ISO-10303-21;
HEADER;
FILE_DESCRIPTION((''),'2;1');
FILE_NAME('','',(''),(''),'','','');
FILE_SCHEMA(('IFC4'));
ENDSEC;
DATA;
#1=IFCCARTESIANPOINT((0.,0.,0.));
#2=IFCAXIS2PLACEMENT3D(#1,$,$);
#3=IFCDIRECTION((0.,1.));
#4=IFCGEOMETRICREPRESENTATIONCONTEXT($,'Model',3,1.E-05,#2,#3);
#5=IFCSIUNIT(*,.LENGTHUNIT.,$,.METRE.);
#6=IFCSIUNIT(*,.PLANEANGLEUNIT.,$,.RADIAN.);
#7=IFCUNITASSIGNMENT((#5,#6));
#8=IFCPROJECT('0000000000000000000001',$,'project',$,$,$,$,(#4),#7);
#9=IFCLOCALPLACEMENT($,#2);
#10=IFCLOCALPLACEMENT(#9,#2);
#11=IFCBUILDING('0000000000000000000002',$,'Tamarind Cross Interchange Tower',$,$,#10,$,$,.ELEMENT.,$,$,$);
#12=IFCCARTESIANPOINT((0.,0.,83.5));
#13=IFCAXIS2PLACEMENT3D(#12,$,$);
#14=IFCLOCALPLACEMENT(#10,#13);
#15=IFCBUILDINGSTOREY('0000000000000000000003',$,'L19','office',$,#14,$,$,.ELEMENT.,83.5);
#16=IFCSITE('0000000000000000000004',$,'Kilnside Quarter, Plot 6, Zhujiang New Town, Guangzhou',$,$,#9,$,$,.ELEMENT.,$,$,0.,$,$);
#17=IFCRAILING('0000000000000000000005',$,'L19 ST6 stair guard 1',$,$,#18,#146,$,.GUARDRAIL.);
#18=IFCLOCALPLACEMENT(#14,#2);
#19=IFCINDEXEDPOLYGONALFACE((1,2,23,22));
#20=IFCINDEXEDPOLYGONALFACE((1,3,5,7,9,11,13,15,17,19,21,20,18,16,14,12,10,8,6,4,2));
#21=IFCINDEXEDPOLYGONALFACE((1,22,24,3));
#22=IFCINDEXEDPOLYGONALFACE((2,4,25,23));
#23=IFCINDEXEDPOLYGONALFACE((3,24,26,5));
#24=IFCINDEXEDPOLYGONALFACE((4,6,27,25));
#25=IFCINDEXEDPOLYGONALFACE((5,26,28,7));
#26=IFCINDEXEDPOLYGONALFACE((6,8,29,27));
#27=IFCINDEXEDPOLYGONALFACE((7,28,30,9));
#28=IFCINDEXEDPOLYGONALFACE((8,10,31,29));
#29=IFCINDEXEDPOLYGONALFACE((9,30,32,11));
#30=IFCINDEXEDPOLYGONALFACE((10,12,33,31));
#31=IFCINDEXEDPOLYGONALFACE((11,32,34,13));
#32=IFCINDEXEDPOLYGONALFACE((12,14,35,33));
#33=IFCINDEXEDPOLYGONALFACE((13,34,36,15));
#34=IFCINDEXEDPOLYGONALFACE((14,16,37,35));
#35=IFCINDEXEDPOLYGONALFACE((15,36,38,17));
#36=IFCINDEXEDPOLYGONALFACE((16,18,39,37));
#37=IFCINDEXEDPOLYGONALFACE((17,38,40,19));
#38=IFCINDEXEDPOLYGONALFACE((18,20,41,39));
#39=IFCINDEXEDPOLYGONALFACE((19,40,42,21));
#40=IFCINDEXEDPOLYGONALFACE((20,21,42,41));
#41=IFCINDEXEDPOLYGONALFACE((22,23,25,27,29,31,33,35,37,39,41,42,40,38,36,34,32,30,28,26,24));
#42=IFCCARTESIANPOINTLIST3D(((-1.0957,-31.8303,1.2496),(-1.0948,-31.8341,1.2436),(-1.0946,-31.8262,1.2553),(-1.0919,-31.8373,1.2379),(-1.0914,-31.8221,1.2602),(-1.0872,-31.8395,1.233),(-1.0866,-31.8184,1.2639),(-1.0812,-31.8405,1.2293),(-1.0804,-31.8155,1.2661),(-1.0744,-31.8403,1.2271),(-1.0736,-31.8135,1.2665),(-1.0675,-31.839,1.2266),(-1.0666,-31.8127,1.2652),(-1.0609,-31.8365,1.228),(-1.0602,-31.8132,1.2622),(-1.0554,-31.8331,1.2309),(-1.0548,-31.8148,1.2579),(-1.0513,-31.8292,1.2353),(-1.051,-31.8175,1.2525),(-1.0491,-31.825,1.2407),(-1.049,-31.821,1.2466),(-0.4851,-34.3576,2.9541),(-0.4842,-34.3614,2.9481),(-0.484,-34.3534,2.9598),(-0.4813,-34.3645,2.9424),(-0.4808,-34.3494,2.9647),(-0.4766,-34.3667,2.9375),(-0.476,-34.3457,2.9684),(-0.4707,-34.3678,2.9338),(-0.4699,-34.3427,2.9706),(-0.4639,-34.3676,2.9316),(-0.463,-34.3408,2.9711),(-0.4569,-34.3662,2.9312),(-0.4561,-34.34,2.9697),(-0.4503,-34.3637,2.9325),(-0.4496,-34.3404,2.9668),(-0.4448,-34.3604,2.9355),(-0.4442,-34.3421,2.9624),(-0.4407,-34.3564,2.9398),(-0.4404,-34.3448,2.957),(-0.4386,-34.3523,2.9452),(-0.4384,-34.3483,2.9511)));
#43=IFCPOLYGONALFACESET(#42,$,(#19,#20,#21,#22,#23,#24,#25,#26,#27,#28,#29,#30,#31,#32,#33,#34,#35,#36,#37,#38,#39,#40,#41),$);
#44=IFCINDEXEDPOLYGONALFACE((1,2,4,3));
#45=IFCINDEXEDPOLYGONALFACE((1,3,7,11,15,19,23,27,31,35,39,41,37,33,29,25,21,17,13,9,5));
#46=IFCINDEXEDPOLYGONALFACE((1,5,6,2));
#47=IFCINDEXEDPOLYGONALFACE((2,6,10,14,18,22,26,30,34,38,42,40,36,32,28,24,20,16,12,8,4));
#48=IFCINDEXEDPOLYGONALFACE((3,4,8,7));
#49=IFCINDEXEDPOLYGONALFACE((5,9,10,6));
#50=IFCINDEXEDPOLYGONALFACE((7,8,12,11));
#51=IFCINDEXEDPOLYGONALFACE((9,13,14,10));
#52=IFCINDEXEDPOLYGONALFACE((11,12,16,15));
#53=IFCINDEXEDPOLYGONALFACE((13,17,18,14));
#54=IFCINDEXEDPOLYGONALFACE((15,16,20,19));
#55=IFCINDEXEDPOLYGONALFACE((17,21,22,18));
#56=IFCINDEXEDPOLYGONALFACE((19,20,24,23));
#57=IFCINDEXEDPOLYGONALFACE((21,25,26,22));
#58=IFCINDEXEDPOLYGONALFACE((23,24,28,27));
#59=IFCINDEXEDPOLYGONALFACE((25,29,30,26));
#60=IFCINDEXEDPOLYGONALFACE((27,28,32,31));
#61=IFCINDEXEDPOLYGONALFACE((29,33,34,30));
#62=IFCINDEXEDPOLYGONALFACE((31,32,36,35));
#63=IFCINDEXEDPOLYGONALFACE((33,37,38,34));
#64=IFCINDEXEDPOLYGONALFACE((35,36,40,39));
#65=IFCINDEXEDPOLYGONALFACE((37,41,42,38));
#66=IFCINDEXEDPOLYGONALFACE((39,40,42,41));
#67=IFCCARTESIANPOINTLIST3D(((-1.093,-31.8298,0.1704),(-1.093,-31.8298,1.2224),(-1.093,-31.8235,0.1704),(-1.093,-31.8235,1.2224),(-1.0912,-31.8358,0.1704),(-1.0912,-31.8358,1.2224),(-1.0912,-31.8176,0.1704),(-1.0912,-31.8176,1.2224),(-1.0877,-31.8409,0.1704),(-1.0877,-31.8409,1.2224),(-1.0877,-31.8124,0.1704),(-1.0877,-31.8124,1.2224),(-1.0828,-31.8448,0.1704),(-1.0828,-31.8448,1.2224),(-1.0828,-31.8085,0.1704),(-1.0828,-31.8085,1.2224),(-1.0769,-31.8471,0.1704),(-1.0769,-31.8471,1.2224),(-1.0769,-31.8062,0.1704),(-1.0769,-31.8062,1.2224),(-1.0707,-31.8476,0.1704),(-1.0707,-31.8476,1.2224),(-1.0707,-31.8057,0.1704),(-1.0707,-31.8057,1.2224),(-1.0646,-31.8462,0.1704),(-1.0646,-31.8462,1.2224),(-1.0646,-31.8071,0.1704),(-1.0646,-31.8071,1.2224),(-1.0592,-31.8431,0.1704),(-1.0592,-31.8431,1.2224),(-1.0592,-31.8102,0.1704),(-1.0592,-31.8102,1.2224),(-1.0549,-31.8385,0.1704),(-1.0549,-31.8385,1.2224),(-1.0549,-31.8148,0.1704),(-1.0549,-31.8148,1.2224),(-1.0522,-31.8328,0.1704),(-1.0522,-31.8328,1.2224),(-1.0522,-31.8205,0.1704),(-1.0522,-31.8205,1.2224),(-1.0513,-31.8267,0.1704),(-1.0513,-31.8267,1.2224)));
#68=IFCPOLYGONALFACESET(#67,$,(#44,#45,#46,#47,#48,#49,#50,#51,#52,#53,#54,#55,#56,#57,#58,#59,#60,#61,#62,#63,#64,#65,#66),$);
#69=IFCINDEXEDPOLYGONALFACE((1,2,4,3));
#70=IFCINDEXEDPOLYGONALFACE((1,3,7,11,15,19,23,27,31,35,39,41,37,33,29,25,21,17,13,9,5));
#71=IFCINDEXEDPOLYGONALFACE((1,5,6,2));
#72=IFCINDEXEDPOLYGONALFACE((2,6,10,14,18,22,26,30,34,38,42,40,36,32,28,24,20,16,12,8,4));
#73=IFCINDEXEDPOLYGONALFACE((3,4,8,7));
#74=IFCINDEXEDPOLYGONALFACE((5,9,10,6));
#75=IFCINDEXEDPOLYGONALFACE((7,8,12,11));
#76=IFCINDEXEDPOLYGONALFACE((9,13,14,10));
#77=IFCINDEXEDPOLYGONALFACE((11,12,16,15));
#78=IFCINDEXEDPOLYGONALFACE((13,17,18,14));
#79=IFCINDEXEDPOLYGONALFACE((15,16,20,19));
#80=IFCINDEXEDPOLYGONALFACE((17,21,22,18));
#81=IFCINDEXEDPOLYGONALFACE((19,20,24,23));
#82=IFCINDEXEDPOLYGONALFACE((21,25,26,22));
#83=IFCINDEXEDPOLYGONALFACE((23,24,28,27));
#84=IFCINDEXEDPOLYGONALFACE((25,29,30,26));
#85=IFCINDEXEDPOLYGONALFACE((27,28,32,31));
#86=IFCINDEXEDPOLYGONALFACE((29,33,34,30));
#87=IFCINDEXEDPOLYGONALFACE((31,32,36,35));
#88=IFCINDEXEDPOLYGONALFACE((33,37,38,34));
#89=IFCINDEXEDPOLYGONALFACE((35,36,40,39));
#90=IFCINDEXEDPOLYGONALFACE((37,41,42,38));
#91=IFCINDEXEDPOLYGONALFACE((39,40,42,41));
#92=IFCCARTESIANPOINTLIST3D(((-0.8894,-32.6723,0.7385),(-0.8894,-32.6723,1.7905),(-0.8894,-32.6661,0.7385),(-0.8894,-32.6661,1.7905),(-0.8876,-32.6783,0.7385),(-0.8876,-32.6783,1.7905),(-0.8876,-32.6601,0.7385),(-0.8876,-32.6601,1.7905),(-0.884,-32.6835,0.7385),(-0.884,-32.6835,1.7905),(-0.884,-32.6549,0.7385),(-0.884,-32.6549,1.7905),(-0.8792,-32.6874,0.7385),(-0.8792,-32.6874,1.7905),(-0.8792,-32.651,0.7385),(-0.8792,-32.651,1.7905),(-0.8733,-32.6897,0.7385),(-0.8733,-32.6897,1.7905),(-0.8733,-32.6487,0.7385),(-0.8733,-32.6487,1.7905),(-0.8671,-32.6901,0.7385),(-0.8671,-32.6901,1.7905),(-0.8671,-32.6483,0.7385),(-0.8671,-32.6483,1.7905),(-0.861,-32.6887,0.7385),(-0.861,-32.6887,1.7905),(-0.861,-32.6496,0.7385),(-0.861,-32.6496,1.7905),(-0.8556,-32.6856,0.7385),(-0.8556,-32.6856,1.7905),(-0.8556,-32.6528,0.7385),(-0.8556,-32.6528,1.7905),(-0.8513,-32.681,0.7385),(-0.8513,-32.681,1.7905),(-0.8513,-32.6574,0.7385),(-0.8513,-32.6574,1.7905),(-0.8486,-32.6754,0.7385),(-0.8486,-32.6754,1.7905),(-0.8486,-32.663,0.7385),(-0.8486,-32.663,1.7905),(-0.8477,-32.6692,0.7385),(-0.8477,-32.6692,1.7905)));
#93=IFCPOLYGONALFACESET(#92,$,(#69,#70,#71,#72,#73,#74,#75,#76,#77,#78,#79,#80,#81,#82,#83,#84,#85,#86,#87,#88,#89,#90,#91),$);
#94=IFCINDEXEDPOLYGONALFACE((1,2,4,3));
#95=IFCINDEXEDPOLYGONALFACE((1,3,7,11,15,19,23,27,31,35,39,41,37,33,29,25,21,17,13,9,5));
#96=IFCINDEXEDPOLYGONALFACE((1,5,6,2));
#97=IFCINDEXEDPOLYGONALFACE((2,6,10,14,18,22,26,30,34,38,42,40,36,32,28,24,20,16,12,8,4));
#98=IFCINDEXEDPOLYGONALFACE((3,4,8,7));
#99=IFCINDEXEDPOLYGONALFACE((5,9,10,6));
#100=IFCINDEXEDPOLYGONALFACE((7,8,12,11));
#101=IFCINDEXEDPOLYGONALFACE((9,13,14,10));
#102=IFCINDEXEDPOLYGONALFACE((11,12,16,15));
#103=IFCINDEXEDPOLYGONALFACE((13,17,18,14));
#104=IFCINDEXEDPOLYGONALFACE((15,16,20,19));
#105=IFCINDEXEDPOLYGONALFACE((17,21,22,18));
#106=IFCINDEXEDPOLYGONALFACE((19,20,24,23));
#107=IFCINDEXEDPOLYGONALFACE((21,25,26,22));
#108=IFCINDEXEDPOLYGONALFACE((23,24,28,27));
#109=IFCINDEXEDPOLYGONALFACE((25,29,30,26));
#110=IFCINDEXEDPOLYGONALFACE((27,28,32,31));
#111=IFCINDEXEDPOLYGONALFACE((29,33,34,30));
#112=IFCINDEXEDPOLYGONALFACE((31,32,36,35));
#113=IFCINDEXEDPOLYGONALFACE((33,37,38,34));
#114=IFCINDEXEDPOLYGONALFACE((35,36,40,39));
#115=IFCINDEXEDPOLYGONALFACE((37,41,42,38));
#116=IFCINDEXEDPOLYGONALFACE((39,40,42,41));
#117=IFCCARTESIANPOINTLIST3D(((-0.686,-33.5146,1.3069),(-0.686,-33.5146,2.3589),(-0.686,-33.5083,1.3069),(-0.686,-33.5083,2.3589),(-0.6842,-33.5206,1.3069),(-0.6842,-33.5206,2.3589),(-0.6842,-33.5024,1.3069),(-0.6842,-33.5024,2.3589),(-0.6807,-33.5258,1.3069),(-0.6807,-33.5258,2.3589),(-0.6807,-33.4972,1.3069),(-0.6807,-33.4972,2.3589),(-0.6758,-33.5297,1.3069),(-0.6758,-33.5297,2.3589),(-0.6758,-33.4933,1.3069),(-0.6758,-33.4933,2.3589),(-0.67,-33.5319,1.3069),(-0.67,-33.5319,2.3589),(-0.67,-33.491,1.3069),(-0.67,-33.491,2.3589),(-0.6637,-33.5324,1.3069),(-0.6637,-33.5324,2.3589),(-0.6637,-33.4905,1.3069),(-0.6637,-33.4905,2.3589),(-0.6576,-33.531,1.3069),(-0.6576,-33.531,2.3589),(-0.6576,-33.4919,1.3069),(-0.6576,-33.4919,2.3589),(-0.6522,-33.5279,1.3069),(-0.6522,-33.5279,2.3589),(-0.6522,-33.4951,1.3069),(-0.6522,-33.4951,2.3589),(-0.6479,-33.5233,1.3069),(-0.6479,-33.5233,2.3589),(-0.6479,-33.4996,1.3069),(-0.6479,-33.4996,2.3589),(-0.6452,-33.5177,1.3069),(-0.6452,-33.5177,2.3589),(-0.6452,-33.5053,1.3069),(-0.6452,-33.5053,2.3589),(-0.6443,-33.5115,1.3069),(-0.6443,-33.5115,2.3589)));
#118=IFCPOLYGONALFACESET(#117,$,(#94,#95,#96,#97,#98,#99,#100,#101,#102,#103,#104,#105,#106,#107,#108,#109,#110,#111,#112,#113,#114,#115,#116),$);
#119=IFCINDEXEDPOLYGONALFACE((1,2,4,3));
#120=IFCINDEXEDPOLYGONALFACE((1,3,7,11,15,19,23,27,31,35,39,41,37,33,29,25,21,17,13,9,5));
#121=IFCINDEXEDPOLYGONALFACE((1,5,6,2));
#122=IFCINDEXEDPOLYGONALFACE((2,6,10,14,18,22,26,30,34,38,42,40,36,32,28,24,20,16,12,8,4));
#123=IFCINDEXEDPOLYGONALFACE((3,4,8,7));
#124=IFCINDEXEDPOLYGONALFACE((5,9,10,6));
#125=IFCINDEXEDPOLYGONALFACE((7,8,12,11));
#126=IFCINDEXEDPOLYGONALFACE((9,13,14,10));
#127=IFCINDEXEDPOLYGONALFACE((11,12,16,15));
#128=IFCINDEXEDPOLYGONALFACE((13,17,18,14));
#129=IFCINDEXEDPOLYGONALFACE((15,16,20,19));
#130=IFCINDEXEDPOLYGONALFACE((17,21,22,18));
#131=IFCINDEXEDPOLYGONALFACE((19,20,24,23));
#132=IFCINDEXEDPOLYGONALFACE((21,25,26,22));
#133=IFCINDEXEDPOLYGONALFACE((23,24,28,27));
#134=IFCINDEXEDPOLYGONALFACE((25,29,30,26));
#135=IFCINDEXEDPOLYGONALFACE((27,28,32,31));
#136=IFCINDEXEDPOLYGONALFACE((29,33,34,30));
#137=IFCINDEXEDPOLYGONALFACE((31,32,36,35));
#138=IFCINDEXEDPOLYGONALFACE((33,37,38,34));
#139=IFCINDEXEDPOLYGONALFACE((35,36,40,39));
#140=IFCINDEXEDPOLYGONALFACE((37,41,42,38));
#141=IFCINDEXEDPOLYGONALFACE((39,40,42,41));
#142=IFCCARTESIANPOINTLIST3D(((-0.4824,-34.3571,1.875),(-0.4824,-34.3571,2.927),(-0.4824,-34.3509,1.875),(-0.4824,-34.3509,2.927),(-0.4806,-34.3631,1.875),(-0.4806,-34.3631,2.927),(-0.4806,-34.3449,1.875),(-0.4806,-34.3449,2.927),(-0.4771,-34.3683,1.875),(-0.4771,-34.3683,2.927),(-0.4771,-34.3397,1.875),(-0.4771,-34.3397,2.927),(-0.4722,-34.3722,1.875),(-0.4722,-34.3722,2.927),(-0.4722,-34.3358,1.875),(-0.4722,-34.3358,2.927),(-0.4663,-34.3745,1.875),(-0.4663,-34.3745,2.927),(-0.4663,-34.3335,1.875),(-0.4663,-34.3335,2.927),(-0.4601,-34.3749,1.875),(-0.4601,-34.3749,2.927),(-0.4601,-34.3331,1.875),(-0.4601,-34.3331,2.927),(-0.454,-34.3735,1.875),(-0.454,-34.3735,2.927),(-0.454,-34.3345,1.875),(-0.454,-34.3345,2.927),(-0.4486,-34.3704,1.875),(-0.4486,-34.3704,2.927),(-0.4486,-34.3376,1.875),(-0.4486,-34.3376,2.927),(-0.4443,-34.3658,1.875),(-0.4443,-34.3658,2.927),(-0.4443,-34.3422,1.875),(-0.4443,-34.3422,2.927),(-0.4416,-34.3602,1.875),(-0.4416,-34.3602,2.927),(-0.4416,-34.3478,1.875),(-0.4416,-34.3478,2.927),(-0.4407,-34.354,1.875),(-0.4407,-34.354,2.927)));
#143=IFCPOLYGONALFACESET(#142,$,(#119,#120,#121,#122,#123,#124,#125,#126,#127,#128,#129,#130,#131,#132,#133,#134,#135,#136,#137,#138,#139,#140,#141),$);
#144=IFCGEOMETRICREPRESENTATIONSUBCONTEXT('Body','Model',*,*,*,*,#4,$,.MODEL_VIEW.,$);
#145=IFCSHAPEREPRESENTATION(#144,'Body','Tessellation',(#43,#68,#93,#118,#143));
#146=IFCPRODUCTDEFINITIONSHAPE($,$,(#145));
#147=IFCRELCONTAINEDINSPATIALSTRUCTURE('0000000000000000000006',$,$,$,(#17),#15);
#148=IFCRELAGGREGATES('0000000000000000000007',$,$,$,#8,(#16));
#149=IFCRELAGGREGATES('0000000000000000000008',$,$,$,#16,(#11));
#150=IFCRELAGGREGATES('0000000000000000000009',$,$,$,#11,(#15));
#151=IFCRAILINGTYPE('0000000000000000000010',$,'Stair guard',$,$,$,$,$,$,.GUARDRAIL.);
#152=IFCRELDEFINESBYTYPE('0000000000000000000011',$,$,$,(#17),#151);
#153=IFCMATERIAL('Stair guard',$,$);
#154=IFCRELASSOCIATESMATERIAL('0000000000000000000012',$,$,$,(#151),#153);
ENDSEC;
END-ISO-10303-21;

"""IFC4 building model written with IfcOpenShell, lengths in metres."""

from ifc_helpers import new_model, si_unit, direction, frame, origin, origin_2d, place, context, subcontext, project, spatial, circle, extrude, material, type_object, element, save


model = new_model("IFC4")

# Units and contexts
model_context = context("Model", 3, precision=1e-05, world=origin(), true_north=direction((0.0, 1.0)))
body_context = subcontext(model_context, "Body", "Model", "MODEL_VIEW")
ifc_project = project(units=[si_unit("LENGTHUNIT", "METRE"), si_unit("PLANEANGLEUNIT", "RADIAN")], contexts=[model_context])

# Site, building, storey
site_placement = place(None, origin())
site = spatial("IfcSite", under=ifc_project, at=site_placement, Name="Kilnside Quarter, Plot 6, Zhujiang New Town, Guangzhou", CompositionType="ELEMENT", RefElevation=0.0)
building_placement = place(site_placement, origin())
building = spatial("IfcBuilding", under=site, at=building_placement, Name="Tamarind Cross Interchange Tower", CompositionType="ELEMENT")
storey_placement = place(building_placement, frame((0.0, 0.0, 83.5)))
storey = spatial("IfcBuildingStorey", under=building, at=storey_placement, Name="L19", Description="office", CompositionType="ELEMENT", Elevation=83.5)

# Railing
ifc_material_1 = material(Name="Stair guard")
railing_type_1 = type_object("IfcRailingType", Name="Stair guard", PredefinedType="GUARDRAIL", material=ifc_material_1)
railing_1_placement = place(storey_placement, frame((-1.0723, -31.8267, 0.1704)))
element("IfcRailing", 1, at=railing_1_placement, inside=storey, type_object=railing_type_1, Name="L19 ST6 stair guard 1", PredefinedType="GUARDRAIL", context=body_context, shape_type="SweptSolid", body=[
    extrude(circle(Radius=0.0239, at=origin_2d()), frame((0.0, 0.0, 1.0762), z_axis=(0.196396, -0.81291, 0.548275), x_axis=(0.972034, 0.234839, 0.0)), (0.0, 0.0, 1.0), 3.1089),
    extrude(circle(Radius=0.021, at=origin_2d()), origin(), (0.0, 0.0, 1.0), 1.052),
    extrude(circle(Radius=0.021, at=origin_2d()), frame((0.2036, -0.8425, 0.5681)), (0.0, 0.0, 1.0), 1.052),
    extrude(circle(Radius=0.021, at=origin_2d()), frame((0.407, -1.6848, 1.1365)), (0.0, 0.0, 1.0), 1.052),
    extrude(circle(Radius=0.021, at=origin_2d()), frame((0.6106, -2.5273, 1.7046)), (0.0, 0.0, 1.0), 1.052),
])

save(model, "model.ifc")
